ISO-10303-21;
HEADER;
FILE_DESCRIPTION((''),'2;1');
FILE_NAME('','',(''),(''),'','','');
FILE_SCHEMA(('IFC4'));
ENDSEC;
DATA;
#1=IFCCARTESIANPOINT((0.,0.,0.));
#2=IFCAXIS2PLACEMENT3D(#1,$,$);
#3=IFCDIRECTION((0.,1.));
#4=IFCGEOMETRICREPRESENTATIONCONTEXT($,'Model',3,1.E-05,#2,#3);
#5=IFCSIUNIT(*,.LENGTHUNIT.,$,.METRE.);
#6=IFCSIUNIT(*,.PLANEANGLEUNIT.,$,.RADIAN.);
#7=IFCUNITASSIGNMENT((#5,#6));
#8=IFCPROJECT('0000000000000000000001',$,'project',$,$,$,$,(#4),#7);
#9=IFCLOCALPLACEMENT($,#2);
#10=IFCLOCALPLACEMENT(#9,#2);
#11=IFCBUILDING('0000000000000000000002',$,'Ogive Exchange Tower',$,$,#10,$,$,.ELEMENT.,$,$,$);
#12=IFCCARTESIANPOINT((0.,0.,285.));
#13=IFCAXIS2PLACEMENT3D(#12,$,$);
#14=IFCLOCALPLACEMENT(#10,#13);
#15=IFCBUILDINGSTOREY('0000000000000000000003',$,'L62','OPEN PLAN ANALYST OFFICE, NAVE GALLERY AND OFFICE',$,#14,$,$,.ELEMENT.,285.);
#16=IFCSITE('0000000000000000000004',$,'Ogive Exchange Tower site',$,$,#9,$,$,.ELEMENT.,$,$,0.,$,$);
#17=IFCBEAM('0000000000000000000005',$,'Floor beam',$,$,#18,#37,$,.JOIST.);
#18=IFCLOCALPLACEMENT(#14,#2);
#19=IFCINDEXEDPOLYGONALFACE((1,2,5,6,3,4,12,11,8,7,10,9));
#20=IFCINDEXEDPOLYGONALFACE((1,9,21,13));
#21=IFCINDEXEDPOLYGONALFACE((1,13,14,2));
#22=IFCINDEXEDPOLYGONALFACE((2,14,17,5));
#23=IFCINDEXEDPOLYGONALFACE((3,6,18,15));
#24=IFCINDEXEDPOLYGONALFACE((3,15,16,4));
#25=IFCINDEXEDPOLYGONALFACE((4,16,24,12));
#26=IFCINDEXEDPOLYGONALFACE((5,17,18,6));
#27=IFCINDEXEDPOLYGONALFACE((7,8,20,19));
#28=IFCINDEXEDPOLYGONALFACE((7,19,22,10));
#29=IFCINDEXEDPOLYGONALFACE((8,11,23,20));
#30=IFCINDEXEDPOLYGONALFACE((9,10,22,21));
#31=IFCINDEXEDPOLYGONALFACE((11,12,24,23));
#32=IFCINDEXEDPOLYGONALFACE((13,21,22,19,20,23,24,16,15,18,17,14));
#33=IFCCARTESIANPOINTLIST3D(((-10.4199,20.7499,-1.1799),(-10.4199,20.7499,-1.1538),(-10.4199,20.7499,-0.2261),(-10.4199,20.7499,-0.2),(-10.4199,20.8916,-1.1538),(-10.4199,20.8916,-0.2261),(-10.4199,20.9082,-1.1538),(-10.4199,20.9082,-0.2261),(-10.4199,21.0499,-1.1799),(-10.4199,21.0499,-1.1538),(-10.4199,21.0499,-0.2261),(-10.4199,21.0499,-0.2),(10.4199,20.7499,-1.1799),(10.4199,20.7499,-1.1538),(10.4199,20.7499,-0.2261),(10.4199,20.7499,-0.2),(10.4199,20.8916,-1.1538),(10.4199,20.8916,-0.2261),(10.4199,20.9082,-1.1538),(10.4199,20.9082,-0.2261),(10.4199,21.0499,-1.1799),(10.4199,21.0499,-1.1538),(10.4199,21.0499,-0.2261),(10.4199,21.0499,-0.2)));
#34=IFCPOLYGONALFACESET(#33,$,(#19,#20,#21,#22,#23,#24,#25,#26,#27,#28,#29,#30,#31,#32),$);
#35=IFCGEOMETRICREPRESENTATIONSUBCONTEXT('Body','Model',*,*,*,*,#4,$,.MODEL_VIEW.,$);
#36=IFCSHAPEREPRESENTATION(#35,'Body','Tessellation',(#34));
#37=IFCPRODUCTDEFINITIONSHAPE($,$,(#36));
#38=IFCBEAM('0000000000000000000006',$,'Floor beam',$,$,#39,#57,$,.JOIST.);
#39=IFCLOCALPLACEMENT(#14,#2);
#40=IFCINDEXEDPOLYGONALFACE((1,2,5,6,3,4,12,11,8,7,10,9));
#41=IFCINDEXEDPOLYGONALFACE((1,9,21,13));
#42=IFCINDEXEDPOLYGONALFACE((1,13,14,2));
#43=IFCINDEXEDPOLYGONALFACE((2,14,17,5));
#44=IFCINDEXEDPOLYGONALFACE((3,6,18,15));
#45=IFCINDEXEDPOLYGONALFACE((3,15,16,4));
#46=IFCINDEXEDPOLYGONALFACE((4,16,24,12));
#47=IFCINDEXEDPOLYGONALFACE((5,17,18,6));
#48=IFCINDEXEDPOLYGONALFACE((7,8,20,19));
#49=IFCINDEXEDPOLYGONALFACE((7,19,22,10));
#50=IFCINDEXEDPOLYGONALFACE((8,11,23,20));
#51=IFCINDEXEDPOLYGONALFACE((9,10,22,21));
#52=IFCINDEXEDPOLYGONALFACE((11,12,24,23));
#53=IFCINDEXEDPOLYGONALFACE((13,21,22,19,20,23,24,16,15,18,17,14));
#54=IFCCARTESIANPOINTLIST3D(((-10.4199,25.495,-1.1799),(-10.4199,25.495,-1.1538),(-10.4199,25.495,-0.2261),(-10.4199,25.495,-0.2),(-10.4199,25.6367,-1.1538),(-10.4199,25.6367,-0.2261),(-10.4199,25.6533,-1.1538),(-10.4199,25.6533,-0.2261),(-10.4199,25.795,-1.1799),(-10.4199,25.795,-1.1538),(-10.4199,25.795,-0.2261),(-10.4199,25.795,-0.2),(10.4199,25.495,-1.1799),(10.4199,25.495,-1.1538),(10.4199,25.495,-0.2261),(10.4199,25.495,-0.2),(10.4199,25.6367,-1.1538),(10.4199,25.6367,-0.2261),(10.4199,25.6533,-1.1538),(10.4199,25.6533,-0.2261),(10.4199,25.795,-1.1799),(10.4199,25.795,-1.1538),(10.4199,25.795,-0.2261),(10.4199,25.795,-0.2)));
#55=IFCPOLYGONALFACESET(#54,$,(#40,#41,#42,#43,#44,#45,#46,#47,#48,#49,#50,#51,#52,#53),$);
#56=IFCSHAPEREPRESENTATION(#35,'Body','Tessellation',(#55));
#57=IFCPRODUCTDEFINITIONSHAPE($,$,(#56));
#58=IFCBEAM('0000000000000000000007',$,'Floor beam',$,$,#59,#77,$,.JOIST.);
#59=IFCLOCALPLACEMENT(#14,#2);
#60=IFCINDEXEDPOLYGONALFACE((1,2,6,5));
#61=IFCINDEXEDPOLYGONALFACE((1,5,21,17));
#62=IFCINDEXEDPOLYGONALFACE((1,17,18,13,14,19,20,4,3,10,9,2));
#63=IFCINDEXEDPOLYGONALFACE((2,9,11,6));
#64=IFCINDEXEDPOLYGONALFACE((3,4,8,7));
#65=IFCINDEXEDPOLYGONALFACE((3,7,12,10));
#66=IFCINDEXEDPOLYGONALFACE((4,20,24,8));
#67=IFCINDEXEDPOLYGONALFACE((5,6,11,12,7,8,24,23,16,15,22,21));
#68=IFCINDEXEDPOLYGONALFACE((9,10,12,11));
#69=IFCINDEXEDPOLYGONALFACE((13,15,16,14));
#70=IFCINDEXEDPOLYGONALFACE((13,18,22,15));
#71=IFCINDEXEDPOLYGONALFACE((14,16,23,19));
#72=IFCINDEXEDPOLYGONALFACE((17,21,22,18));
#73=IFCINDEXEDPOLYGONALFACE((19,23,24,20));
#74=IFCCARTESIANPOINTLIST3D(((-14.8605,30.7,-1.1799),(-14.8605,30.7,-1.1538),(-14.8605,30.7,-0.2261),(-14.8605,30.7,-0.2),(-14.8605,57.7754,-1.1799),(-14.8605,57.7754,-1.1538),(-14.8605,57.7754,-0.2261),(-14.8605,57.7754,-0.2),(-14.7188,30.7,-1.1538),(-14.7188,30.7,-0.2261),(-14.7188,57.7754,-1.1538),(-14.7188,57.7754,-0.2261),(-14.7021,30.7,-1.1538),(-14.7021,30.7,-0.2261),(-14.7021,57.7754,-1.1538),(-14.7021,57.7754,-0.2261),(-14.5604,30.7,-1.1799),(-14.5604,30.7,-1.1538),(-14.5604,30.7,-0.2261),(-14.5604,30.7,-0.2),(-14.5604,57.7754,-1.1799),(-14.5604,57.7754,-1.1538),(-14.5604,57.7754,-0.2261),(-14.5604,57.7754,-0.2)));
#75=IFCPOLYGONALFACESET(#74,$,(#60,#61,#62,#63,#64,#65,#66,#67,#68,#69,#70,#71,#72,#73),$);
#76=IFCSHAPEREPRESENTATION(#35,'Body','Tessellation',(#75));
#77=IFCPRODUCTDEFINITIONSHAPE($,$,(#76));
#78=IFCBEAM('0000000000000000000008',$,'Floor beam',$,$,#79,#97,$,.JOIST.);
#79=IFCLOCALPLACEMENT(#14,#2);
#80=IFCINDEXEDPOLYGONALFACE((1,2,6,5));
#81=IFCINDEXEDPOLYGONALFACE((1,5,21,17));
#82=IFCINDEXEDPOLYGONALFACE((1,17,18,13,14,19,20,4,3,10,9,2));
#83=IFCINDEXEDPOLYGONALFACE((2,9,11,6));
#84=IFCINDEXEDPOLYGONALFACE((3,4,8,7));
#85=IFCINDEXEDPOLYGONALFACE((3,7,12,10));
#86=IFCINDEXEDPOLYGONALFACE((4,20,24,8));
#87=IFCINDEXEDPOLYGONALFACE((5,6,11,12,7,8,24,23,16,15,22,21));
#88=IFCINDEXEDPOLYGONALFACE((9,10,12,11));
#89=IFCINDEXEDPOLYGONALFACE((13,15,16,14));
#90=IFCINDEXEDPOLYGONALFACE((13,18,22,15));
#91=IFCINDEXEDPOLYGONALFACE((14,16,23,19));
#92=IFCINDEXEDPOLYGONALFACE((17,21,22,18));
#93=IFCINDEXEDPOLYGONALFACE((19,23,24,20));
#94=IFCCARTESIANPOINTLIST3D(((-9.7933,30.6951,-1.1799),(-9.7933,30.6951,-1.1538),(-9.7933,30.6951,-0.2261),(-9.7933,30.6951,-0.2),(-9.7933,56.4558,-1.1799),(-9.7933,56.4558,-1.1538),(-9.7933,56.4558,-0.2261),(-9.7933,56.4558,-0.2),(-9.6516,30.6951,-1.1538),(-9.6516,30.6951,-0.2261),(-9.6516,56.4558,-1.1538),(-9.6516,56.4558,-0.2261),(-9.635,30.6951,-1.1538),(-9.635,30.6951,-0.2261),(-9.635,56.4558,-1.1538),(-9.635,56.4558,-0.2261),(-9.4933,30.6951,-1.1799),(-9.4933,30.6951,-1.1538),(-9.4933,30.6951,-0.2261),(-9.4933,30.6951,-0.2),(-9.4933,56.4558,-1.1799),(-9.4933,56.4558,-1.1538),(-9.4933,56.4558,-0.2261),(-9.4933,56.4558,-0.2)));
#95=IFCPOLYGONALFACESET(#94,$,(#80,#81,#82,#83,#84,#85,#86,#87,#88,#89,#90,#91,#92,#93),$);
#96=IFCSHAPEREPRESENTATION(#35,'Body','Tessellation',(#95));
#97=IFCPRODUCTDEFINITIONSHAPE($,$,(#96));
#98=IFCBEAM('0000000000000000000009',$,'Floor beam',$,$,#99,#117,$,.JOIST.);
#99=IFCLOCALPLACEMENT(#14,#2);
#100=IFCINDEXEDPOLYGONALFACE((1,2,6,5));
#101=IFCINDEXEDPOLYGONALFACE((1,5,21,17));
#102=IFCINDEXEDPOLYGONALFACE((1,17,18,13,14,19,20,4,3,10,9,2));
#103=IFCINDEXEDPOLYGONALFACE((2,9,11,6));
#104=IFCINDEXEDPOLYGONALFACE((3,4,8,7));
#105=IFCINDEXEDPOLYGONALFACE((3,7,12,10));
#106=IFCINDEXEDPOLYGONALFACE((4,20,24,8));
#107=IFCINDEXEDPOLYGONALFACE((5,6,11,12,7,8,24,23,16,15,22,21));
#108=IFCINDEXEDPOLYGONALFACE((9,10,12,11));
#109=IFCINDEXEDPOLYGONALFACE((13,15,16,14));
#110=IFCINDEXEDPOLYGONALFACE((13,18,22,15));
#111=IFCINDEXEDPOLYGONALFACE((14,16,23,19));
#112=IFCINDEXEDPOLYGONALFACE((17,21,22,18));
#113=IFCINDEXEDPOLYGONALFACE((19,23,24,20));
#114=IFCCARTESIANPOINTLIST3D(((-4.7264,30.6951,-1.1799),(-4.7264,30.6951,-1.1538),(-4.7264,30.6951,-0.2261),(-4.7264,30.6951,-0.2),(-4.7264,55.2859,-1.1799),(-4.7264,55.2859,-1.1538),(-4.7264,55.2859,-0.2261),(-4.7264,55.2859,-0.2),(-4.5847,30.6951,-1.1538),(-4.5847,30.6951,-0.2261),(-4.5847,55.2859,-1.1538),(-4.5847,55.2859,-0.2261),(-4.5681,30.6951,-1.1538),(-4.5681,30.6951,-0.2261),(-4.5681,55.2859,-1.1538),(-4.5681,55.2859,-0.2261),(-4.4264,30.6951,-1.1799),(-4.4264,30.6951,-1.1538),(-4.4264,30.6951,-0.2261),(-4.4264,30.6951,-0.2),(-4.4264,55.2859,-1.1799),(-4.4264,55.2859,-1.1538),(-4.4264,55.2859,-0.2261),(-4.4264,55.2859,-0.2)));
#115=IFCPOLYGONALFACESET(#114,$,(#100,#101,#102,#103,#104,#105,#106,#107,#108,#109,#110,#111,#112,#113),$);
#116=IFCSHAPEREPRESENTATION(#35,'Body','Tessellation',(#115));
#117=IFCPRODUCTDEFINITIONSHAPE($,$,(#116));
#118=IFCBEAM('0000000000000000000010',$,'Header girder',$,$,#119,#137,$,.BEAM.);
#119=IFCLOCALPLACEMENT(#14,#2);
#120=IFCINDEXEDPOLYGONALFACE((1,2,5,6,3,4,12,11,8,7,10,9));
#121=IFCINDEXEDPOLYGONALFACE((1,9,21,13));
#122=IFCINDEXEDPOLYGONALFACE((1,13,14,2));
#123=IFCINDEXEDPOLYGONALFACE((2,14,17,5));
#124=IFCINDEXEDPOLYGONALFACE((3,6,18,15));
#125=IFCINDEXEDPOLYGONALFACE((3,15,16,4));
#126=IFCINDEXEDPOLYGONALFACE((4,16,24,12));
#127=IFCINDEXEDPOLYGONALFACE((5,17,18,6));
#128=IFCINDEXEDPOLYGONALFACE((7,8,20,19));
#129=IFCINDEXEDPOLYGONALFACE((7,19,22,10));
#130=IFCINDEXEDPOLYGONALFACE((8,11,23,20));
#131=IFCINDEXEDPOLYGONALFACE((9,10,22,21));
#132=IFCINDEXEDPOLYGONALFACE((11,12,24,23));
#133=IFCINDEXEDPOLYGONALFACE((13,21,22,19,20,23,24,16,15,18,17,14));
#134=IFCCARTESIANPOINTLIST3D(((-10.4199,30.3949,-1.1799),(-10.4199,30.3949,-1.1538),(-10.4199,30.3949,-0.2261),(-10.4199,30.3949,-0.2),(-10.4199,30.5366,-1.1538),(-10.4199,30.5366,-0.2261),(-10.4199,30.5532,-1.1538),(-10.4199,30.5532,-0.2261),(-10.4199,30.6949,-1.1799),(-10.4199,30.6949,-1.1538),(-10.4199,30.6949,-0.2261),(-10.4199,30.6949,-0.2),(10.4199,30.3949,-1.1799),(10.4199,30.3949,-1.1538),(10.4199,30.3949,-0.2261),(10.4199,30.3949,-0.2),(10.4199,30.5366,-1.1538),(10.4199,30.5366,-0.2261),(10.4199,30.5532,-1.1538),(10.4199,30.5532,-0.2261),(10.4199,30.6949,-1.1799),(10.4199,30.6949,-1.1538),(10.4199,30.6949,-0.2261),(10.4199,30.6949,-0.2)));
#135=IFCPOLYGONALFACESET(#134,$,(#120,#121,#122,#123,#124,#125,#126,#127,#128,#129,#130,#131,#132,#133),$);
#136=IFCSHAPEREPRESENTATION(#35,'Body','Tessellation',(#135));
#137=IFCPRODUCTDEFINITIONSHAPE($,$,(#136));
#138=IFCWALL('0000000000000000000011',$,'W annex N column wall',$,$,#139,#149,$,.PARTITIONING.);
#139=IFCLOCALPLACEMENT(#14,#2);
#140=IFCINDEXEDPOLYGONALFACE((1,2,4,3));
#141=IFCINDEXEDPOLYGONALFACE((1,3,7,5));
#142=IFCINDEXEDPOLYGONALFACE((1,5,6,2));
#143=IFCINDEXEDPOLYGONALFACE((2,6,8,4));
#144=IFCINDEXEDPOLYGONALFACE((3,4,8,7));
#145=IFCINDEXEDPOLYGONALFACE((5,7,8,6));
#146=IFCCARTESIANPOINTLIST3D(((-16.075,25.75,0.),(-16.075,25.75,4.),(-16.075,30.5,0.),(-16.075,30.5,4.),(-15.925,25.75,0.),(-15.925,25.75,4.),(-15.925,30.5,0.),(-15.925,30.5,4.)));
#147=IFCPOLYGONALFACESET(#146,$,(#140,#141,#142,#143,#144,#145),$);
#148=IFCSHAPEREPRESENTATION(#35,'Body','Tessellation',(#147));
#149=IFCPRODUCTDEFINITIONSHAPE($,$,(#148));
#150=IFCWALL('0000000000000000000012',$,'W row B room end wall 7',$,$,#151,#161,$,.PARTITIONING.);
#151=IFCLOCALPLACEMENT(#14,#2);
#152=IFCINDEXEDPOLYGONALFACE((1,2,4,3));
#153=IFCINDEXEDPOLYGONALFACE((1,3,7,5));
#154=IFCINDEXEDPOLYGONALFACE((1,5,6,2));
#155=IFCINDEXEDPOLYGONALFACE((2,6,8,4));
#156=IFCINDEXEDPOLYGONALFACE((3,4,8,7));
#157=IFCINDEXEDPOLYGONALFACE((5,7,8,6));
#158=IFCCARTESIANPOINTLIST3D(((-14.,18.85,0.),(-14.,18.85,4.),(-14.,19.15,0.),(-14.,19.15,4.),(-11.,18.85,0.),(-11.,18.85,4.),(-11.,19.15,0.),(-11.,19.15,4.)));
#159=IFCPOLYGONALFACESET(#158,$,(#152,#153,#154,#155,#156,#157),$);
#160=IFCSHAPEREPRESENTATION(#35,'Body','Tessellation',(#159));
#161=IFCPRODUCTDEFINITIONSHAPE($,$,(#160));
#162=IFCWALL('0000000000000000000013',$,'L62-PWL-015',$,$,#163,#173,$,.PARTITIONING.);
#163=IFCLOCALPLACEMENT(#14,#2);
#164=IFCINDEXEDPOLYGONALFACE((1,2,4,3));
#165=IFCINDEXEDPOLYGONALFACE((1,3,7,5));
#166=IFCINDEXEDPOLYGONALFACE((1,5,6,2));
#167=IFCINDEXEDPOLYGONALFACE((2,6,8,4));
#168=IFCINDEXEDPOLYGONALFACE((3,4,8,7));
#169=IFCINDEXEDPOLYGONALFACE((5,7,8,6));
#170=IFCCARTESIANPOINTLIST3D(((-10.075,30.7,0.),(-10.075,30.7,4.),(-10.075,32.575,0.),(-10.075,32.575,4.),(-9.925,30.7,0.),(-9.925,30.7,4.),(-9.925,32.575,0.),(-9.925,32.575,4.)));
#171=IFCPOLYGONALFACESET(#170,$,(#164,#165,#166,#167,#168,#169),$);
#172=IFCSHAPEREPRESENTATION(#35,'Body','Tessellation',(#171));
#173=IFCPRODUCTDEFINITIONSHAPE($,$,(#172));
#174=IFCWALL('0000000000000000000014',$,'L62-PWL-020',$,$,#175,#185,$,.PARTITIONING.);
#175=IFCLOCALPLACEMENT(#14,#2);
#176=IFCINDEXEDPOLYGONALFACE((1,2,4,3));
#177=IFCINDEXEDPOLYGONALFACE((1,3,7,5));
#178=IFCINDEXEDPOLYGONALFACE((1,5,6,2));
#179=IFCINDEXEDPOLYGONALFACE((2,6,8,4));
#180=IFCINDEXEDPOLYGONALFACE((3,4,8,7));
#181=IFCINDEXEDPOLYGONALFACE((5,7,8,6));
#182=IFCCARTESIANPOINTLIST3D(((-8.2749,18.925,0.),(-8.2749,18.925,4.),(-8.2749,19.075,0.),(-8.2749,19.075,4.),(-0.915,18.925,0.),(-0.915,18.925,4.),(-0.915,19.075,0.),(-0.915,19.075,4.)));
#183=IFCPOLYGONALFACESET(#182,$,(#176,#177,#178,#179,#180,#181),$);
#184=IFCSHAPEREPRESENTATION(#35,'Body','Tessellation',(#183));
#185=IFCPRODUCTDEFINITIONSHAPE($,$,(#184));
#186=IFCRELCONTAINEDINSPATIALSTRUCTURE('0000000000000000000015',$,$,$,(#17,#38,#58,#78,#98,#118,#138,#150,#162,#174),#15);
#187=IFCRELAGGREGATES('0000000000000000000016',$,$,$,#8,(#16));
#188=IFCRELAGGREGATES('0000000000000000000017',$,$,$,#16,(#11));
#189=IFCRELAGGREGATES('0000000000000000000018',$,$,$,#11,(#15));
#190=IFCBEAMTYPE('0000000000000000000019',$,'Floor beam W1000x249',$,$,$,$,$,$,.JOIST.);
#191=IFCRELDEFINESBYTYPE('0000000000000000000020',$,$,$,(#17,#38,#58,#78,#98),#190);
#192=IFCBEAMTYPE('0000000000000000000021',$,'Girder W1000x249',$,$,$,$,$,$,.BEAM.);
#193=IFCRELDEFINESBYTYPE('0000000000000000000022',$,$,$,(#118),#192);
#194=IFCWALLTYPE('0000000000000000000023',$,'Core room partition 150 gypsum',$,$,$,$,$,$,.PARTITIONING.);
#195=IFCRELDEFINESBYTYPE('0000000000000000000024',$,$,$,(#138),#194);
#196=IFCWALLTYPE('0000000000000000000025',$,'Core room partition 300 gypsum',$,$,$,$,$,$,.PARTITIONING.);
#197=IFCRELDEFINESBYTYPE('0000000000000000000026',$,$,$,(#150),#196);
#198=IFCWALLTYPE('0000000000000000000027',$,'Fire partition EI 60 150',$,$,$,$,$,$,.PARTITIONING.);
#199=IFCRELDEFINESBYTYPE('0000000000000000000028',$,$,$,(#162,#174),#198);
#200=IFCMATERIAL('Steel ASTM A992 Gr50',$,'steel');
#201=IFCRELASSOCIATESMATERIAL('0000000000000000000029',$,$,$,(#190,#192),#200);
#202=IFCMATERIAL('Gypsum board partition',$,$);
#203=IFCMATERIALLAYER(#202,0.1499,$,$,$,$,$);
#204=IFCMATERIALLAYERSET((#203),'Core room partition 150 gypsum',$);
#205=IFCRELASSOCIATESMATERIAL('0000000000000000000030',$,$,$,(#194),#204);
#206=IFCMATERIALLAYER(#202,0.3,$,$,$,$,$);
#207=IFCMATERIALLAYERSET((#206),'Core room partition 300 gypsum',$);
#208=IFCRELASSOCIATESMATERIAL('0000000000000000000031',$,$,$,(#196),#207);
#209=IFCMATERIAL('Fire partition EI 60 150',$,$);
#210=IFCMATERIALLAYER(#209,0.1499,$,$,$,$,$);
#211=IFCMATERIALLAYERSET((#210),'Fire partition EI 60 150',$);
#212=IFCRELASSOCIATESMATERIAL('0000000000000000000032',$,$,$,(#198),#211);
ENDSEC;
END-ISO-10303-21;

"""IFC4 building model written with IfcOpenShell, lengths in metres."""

from ifc_helpers import new_model, si_unit, direction, frame, frame_2d, origin, origin_2d, place, context, subcontext, project, spatial, rectangle, i_section, extrude, material, layer, layer_set, material_profile, profile_set, type_object, element, save


model = new_model("IFC4")

# Units and contexts
model_context = context("Model", 3, precision=1e-05, world=origin(), true_north=direction((0.0, 1.0)))
body_context = subcontext(model_context, "Body", "Model", "MODEL_VIEW")
ifc_project = project(units=[si_unit("LENGTHUNIT", "METRE"), si_unit("PLANEANGLEUNIT", "RADIAN")], contexts=[model_context])

# Site, building, storey
site_placement = place(None, origin())
site = spatial("IfcSite", under=ifc_project, at=site_placement, Name="Ogive Exchange Tower site", CompositionType="ELEMENT", RefElevation=0.0)
building_placement = place(site_placement, origin())
building = spatial("IfcBuilding", under=site, at=building_placement, Name="Ogive Exchange Tower", CompositionType="ELEMENT")
storey_placement = place(building_placement, frame((0.0, 0.0, 285.0)))
storey = spatial("IfcBuildingStorey", under=building, at=storey_placement, Name="L62", Description="OPEN PLAN ANALYST OFFICE, NAVE GALLERY AND OFFICE", CompositionType="ELEMENT", Elevation=285.0)

# Beams
ifc_material_1 = material(Name="Steel ASTM A992 Gr50", Category="steel")
ifc_material_profile_1 = material_profile(ifc_material_1, i_section(OverallWidth=0.3, OverallDepth=0.98, WebThickness=0.0166, FlangeThickness=0.0261, at=origin_2d()), Name="W1000x249")
ifc_profile_set_1 = profile_set([ifc_material_profile_1], Name="Steel ASTM A992 Gr50")
beam_type_1 = type_object("IfcBeamType", Name="Floor beam W1000x249", PredefinedType="JOIST", material=ifc_profile_set_1)
for number, where, z_axis, x_axis, name in (
    (1, (-10.4199, 20.8999, -0.6899), (1.0, 0.0, 0.0), (0.0, 1.0, 0.0), "Floor beam"),
    (2, (-10.4199, 25.645, -0.6899), (1.0, 0.0, 0.0), (0.0, 1.0, 0.0), "Floor beam"),
):
    element("IfcBeam", number, at=place(storey_placement, frame(where, z_axis=z_axis, x_axis=x_axis)), inside=storey, type_object=beam_type_1, Name=name, PredefinedType="JOIST", context=body_context, shape_type="SweptSolid", body=[
        extrude(i_section(OverallWidth=0.3, OverallDepth=0.98, WebThickness=0.0166, FlangeThickness=0.0261, at=origin_2d()), origin(), (0.0, 0.0, 1.0), 20.8398),
    ])
beam_1_placement = place(storey_placement, frame((-14.7104, 30.7, -0.6899), z_axis=(0.0, 1.0, 0.0), x_axis=(-1.0, 0.0, 0.0)))
element("IfcBeam", 3, at=beam_1_placement, inside=storey, type_object=beam_type_1, Name="Floor beam", PredefinedType="JOIST", context=body_context, shape_type="SweptSolid", body=[
    extrude(i_section(OverallWidth=0.3, OverallDepth=0.98, WebThickness=0.0166, FlangeThickness=0.0261, at=origin_2d()), origin(), (0.0, 0.0, 1.0), 27.0754),
])
beam_2_placement = place(storey_placement, frame((-9.6433, 30.6951, -0.6899), z_axis=(0.0, 1.0, 0.0), x_axis=(-1.0, 0.0, 0.0)))
element("IfcBeam", 4, at=beam_2_placement, inside=storey, type_object=beam_type_1, Name="Floor beam", PredefinedType="JOIST", context=body_context, shape_type="SweptSolid", body=[
    extrude(i_section(OverallWidth=0.3, OverallDepth=0.98, WebThickness=0.0166, FlangeThickness=0.0261, at=origin_2d()), origin(), (0.0, 0.0, 1.0), 25.7607),
])
beam_3_placement = place(storey_placement, frame((-4.5764, 30.6951, -0.6899), z_axis=(0.0, 1.0, 0.0), x_axis=(-1.0, 0.0, 0.0)))
element("IfcBeam", 5, at=beam_3_placement, inside=storey, type_object=beam_type_1, Name="Floor beam", PredefinedType="JOIST", context=body_context, shape_type="SweptSolid", body=[
    extrude(i_section(OverallWidth=0.3, OverallDepth=0.98, WebThickness=0.0166, FlangeThickness=0.0261, at=origin_2d()), origin(), (0.0, 0.0, 1.0), 24.5908),
])
ifc_material_profile_2 = material_profile(ifc_material_1, i_section(OverallWidth=0.3, OverallDepth=0.98, WebThickness=0.0166, FlangeThickness=0.0261, at=origin_2d()), Name="W1000x249")
ifc_profile_set_2 = profile_set([ifc_material_profile_2], Name="Steel ASTM A992 Gr50")
beam_type_2 = type_object("IfcBeamType", Name="Girder W1000x249", PredefinedType="BEAM", material=ifc_profile_set_2)
beam_4_placement = place(storey_placement, frame((-10.4199, 30.5449, -0.6899), z_axis=(1.0, 0.0, 0.0), x_axis=(0.0, 1.0, 0.0)))
element("IfcBeam", 6, at=beam_4_placement, inside=storey, type_object=beam_type_2, Name="Header girder", PredefinedType="BEAM", context=body_context, shape_type="SweptSolid", body=[
    extrude(i_section(OverallWidth=0.3, OverallDepth=0.98, WebThickness=0.0166, FlangeThickness=0.0261, at=origin_2d()), origin(), (0.0, 0.0, 1.0), 20.8398),
])

# Walls
ifc_material_2 = material(Name="Gypsum board partition")
ifc_layer_1 = layer(ifc_material_2, 0.1499)
ifc_layer_set_1 = layer_set([ifc_layer_1], Name="Core room partition 150 gypsum")
wall_type_1 = type_object("IfcWallType", Name="Core room partition 150 gypsum", PredefinedType="PARTITIONING", material=ifc_layer_set_1)
wall_1_placement = place(storey_placement, frame((-16.0, 25.75, 0.0), z_axis=(0.0, 0.0, 1.0), x_axis=(0.0, 1.0, 0.0)))
element("IfcWall", 7, at=wall_1_placement, inside=storey, type_object=wall_type_1, Name="W annex N column wall", PredefinedType="PARTITIONING", context=body_context, shape_type="SweptSolid", body=[
    extrude(rectangle(XDim=4.75, YDim=0.1499, at=frame_2d((2.375, 0.0))), origin(), (0.0, 0.0, 1.0), 4.0),
])
ifc_layer_2 = layer(ifc_material_2, 0.3)
ifc_layer_set_2 = layer_set([ifc_layer_2], Name="Core room partition 300 gypsum")
wall_type_2 = type_object("IfcWallType", Name="Core room partition 300 gypsum", PredefinedType="PARTITIONING", material=ifc_layer_set_2)
wall_2_placement = place(storey_placement, frame((-14.0, 19.0, 0.0), z_axis=(0.0, 0.0, 1.0), x_axis=(1.0, 0.0, 0.0)))
element("IfcWall", 8, at=wall_2_placement, inside=storey, type_object=wall_type_2, Name="W row B room end wall 7", PredefinedType="PARTITIONING", context=body_context, shape_type="SweptSolid", body=[
    extrude(rectangle(XDim=3.0, YDim=0.3, at=frame_2d((1.5, 0.0))), origin(), (0.0, 0.0, 1.0), 4.0),
])
ifc_material_3 = material(Name="Fire partition EI 60 150")
ifc_layer_3 = layer(ifc_material_3, 0.1499)
ifc_layer_set_3 = layer_set([ifc_layer_3], Name="Fire partition EI 60 150")
wall_type_3 = type_object("IfcWallType", Name="Fire partition EI 60 150", PredefinedType="PARTITIONING", material=ifc_layer_set_3)
wall_3_placement = place(storey_placement, frame((-10.0, 30.7, 0.0), z_axis=(0.0, 0.0, 1.0), x_axis=(0.0, 1.0, 0.0)))
element("IfcWall", 9, at=wall_3_placement, inside=storey, type_object=wall_type_3, Name="L62-PWL-015", PredefinedType="PARTITIONING", context=body_context, shape_type="SweptSolid", body=[
    extrude(rectangle(XDim=1.875, YDim=0.1499, at=frame_2d((0.9375, 0.0))), origin(), (0.0, 0.0, 1.0), 4.0),
])
wall_4_placement = place(storey_placement, frame((-8.2749, 19.0, 0.0), z_axis=(0.0, 0.0, 1.0), x_axis=(1.0, 0.0, 0.0)))
element("IfcWall", 10, at=wall_4_placement, inside=storey, type_object=wall_type_3, Name="L62-PWL-020", PredefinedType="PARTITIONING", context=body_context, shape_type="SweptSolid", body=[
    extrude(rectangle(XDim=7.3599, YDim=0.1499, at=frame_2d((3.6799, 0.0))), origin(), (0.0, 0.0, 1.0), 4.0),
])

save(model, "model.ifc")
